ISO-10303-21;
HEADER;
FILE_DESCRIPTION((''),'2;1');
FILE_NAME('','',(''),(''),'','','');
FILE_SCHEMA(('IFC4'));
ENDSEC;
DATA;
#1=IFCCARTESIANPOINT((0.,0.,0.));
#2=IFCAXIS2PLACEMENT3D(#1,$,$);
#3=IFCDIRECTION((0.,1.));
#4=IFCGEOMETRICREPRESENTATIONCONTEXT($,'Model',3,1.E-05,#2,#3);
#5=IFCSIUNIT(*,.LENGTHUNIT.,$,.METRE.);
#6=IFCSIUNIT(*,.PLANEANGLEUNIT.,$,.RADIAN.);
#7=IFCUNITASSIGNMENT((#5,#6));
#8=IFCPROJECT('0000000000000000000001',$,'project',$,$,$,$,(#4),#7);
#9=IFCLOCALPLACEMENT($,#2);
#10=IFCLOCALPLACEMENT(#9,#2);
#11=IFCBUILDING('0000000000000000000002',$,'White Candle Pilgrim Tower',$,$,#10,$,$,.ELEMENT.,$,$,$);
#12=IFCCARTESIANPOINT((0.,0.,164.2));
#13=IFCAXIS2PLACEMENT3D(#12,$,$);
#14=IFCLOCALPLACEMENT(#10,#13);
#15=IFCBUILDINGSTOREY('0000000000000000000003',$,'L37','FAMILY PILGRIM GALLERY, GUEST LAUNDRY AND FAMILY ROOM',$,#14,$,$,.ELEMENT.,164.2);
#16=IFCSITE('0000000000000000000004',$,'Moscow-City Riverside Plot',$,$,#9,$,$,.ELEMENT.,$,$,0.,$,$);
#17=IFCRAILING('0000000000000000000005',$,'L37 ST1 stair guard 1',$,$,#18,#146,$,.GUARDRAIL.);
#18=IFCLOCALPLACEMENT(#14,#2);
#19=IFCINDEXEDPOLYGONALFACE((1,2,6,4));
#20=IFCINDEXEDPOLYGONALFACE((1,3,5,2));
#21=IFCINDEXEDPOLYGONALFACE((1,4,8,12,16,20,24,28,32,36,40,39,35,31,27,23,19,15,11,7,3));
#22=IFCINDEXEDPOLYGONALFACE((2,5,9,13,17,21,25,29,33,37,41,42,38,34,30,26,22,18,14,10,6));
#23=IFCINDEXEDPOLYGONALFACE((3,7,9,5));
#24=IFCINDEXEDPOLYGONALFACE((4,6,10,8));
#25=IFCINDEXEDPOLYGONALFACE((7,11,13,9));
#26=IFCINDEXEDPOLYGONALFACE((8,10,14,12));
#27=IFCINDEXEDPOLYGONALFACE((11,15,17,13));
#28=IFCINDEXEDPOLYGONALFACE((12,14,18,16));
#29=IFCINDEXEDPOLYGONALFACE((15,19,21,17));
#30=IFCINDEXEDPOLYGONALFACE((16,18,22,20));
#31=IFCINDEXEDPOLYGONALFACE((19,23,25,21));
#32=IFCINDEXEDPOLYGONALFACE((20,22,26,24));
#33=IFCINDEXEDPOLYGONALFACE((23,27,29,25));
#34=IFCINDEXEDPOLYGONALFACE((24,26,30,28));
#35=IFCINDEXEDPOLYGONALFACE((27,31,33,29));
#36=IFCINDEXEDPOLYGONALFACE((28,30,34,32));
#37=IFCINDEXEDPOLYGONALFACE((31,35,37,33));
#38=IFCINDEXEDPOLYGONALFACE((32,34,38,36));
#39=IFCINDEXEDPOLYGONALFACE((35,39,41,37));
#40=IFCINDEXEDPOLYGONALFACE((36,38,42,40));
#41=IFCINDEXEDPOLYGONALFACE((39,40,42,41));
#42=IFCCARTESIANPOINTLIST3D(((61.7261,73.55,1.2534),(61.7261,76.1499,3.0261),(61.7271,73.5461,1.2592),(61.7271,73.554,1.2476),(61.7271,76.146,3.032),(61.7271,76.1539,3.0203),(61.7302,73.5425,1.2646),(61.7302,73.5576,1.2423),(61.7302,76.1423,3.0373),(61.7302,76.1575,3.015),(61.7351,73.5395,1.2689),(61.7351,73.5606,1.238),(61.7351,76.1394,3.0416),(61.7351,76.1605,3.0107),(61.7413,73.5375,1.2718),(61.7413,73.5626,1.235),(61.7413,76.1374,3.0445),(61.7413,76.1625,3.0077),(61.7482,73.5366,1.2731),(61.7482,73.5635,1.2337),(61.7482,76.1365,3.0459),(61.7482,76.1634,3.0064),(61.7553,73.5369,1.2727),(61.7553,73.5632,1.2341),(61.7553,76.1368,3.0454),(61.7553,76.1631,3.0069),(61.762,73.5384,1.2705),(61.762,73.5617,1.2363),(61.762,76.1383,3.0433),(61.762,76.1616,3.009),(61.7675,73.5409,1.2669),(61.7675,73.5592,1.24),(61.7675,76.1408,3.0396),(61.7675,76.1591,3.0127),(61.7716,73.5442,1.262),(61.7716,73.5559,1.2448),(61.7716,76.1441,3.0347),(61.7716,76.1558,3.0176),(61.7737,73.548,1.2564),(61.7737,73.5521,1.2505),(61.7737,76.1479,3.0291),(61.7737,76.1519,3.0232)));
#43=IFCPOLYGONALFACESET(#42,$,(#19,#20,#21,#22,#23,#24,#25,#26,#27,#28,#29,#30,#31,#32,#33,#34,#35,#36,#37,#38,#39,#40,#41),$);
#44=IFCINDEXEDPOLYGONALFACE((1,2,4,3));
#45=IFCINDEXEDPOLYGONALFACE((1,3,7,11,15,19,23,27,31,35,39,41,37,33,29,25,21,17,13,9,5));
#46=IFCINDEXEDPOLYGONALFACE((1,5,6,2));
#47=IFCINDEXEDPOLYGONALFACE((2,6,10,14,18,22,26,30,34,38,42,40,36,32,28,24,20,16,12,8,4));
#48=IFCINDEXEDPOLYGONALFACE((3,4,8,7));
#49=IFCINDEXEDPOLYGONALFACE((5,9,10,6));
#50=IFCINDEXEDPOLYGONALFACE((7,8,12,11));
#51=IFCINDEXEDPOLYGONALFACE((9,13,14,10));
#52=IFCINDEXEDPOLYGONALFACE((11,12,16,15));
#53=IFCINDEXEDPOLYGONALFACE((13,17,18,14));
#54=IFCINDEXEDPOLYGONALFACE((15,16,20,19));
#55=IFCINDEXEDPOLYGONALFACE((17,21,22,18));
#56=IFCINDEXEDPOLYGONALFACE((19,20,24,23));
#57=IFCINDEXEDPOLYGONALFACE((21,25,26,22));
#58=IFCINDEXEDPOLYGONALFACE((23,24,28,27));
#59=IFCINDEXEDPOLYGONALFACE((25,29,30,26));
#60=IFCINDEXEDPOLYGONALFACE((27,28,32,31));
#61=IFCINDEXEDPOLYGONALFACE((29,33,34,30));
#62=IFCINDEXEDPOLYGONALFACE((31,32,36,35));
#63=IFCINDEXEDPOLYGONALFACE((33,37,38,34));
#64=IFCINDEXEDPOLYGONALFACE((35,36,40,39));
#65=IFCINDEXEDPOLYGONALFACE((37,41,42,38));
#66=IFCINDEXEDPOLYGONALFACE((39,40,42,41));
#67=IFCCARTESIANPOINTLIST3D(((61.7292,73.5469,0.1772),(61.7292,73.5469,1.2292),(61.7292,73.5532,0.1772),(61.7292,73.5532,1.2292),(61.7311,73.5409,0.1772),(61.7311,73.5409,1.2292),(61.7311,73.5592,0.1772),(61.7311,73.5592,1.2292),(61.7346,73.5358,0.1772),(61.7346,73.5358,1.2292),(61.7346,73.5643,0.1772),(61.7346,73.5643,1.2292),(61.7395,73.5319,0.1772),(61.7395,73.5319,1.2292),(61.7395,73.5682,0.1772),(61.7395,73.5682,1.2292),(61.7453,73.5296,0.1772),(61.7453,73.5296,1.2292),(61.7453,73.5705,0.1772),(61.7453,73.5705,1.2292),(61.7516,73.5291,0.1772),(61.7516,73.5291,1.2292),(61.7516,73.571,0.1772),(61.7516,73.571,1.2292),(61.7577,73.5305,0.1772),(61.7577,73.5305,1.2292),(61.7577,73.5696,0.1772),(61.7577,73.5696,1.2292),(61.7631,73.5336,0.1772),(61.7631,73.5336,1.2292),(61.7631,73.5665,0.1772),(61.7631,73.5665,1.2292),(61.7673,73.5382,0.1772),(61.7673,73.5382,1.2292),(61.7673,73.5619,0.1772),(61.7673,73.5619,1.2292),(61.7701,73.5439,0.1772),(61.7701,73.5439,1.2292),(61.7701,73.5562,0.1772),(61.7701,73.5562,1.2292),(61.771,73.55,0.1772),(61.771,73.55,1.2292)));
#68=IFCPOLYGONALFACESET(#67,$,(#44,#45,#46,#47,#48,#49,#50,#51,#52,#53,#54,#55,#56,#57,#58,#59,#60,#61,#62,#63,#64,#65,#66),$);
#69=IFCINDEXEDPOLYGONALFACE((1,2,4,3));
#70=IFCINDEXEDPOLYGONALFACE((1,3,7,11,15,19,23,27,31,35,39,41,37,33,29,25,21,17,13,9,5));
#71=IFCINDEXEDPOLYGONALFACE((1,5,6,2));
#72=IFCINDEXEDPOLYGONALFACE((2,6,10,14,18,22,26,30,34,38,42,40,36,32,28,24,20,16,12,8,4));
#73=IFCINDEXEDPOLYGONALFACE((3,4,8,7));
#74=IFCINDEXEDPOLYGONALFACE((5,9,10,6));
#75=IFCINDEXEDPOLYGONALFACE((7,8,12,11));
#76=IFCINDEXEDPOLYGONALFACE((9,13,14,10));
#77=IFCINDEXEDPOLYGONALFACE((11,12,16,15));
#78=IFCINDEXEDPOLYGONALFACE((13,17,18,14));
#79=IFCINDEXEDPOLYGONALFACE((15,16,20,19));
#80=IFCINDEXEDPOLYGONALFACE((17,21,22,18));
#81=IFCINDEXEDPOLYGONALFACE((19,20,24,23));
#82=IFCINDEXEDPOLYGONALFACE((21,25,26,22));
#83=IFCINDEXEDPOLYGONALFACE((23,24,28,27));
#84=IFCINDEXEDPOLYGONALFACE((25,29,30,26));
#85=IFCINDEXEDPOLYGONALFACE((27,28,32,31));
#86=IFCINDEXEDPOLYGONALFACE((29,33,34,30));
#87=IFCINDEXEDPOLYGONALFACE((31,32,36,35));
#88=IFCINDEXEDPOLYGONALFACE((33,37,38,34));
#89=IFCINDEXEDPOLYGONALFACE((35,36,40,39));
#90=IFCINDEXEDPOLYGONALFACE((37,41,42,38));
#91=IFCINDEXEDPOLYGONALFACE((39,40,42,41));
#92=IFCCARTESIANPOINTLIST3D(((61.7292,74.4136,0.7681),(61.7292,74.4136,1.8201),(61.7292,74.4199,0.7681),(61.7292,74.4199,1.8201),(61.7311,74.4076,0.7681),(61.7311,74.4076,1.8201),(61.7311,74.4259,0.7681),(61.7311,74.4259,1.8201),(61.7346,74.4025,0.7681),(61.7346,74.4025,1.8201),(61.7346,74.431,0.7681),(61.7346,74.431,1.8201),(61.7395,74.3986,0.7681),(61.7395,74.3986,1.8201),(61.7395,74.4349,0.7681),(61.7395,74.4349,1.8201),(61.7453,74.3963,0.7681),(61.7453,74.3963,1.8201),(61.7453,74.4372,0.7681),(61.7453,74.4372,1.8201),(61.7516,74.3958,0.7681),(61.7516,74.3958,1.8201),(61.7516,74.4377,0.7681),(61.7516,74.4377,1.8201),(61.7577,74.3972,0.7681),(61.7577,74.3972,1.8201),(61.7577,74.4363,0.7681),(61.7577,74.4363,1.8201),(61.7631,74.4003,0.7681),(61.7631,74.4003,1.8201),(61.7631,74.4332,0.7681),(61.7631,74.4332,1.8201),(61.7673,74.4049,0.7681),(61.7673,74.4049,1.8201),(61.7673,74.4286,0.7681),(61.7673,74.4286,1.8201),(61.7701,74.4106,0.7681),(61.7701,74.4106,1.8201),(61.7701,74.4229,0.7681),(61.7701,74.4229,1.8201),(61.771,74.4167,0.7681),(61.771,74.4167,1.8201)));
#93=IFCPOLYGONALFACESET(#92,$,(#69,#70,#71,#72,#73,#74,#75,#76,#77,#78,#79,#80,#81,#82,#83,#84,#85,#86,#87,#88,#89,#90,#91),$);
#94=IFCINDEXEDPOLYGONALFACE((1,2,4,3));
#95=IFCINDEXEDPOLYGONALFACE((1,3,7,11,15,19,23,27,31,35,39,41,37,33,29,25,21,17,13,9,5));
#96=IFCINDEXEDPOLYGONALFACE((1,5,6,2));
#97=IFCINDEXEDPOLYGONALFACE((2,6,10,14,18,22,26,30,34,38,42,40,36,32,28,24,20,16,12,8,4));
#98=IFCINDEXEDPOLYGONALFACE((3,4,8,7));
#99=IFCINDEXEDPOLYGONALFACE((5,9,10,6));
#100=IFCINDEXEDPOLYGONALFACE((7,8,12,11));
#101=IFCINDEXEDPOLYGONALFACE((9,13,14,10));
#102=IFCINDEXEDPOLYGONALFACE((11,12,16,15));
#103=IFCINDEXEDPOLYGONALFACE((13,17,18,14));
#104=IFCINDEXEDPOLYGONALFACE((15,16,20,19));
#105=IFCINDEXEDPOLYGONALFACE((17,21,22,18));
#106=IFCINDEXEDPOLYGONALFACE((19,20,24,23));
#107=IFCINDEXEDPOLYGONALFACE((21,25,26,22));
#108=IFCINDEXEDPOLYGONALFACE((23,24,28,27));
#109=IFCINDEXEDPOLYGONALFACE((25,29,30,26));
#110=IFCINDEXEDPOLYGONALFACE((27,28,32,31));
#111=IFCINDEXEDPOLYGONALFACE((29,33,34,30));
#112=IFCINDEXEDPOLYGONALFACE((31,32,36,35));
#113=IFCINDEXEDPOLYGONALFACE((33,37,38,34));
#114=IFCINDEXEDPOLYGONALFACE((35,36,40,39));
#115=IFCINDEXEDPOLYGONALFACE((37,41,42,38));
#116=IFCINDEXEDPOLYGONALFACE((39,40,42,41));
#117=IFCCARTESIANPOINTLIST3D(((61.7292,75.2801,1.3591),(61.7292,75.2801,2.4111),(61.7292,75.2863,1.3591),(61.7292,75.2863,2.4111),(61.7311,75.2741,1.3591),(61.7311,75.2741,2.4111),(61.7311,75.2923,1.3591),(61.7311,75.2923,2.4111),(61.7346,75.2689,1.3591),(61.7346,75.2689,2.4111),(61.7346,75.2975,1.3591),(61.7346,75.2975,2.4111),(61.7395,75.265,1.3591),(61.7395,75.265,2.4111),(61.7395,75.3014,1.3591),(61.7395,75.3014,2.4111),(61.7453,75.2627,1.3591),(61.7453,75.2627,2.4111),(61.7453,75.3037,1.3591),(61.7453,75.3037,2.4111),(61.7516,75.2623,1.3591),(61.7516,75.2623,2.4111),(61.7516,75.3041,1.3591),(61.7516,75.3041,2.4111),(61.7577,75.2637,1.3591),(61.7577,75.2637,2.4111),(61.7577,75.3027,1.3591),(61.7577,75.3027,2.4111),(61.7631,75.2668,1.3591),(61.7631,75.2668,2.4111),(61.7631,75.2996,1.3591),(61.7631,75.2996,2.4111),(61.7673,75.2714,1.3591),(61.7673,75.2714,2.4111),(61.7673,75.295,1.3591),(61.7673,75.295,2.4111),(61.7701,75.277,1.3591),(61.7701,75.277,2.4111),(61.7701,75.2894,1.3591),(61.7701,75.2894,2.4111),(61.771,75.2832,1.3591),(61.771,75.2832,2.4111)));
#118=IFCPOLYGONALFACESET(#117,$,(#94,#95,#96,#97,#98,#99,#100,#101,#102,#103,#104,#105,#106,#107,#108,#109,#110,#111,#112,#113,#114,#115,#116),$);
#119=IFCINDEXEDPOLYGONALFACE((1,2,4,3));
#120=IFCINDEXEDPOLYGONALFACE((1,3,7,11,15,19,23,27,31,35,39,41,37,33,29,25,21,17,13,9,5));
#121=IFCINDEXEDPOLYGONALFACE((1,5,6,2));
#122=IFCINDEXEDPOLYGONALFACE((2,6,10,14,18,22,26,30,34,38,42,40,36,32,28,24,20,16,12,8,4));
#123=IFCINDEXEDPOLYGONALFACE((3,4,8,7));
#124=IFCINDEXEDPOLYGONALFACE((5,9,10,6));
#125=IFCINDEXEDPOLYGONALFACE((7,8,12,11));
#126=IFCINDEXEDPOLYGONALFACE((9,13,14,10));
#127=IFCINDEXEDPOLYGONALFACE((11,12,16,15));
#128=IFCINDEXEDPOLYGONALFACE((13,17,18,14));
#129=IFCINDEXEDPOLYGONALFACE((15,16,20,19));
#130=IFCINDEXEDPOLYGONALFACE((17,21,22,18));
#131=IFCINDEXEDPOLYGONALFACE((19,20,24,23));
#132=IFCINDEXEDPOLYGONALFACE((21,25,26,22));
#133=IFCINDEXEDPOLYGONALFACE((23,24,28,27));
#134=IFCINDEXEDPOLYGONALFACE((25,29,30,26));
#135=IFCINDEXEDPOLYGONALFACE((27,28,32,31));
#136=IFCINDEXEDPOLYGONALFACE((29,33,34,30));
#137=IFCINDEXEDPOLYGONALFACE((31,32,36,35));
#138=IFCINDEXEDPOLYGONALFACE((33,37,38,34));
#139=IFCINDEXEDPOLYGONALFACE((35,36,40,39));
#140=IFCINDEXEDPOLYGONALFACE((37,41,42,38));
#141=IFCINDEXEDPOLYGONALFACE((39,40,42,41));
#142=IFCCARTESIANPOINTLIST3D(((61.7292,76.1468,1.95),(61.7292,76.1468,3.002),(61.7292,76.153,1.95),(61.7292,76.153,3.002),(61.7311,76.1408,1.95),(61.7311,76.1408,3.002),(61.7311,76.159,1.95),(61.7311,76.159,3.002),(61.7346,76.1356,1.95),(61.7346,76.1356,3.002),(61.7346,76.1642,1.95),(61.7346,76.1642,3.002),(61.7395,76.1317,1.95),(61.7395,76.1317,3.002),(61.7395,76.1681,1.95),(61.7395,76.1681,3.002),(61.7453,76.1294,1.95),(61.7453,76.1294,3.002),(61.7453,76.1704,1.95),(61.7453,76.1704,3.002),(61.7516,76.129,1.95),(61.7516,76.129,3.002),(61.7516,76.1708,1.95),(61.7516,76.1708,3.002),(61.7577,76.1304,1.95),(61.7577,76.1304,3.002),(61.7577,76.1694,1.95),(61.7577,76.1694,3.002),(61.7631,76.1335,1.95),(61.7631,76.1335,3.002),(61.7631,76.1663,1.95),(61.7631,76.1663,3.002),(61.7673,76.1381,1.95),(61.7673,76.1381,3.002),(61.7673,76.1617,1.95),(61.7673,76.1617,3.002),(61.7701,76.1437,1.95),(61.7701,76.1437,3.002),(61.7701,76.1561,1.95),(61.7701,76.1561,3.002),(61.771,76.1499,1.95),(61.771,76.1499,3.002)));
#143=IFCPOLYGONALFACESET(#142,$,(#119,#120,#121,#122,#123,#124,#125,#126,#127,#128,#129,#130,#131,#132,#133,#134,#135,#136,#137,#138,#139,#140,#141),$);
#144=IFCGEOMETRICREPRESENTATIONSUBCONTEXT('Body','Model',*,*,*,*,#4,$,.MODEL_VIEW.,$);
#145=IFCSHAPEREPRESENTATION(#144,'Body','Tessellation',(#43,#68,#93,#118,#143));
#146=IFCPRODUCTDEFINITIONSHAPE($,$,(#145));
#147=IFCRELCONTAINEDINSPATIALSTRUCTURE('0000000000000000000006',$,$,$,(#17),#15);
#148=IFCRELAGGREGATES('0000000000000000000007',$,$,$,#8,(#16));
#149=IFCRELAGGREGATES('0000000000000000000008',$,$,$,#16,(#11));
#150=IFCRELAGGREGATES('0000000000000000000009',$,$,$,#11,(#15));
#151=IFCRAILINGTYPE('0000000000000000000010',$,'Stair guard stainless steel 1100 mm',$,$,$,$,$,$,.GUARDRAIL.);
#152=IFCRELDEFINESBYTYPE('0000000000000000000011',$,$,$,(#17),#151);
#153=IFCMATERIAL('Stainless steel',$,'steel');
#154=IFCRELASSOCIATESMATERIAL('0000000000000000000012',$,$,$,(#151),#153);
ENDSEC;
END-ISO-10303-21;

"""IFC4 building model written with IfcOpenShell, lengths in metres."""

from ifc_helpers import new_model, si_unit, direction, frame, origin, origin_2d, place, context, subcontext, project, spatial, circle, extrude, material, type_object, element, save


model = new_model("IFC4")

# Units and contexts
model_context = context("Model", 3, precision=1e-05, world=origin(), true_north=direction((0.0, 1.0)))
body_context = subcontext(model_context, "Body", "Model", "MODEL_VIEW")
ifc_project = project(units=[si_unit("LENGTHUNIT", "METRE"), si_unit("PLANEANGLEUNIT", "RADIAN")], contexts=[model_context])

# Site, building, storey
site_placement = place(None, origin())
site = spatial("IfcSite", under=ifc_project, at=site_placement, Name="Moscow-City Riverside Plot", CompositionType="ELEMENT", RefElevation=0.0)
building_placement = place(site_placement, origin())
building = spatial("IfcBuilding", under=site, at=building_placement, Name="White Candle Pilgrim Tower", CompositionType="ELEMENT")
storey_placement = place(building_placement, frame((0.0, 0.0, 164.2)))
storey = spatial("IfcBuildingStorey", under=building, at=storey_placement, Name="L37", Description="FAMILY PILGRIM GALLERY, GUEST LAUNDRY AND FAMILY ROOM", CompositionType="ELEMENT", Elevation=164.2)

# Railing
ifc_material_1 = material(Name="Stainless steel", Category="steel")
railing_type_1 = type_object("IfcRailingType", Name="Stair guard stainless steel 1100 mm", PredefinedType="GUARDRAIL", material=ifc_material_1)
railing_1_placement = place(storey_placement, frame((61.75, 73.55, 0.1772)))
element("IfcRailing", 1, at=railing_1_placement, inside=storey, type_object=railing_type_1, Name="L37 ST1 stair guard 1", PredefinedType="GUARDRAIL", context=body_context, shape_type="SweptSolid", body=[
    extrude(circle(Radius=0.0239, at=origin_2d()), frame((0.0, 0.0, 1.0762), z_axis=(0.0, 0.826216, 0.563354), x_axis=(-1.0, 0.0, 0.0)), (0.0, 0.0, 1.0), 3.1467),
    extrude(circle(Radius=0.021, at=origin_2d()), origin(), (0.0, 0.0, 1.0), 1.052),
    extrude(circle(Radius=0.021, at=origin_2d()), frame((0.0, 0.8667, 0.5908)), (0.0, 0.0, 1.0), 1.052),
    extrude(circle(Radius=0.021, at=origin_2d()), frame((0.0, 1.7332, 1.1819)), (0.0, 0.0, 1.0), 1.052),
    extrude(circle(Radius=0.021, at=origin_2d()), frame((0.0, 2.5999, 1.7727)), (0.0, 0.0, 1.0), 1.052),
])

save(model, "model.ifc")
